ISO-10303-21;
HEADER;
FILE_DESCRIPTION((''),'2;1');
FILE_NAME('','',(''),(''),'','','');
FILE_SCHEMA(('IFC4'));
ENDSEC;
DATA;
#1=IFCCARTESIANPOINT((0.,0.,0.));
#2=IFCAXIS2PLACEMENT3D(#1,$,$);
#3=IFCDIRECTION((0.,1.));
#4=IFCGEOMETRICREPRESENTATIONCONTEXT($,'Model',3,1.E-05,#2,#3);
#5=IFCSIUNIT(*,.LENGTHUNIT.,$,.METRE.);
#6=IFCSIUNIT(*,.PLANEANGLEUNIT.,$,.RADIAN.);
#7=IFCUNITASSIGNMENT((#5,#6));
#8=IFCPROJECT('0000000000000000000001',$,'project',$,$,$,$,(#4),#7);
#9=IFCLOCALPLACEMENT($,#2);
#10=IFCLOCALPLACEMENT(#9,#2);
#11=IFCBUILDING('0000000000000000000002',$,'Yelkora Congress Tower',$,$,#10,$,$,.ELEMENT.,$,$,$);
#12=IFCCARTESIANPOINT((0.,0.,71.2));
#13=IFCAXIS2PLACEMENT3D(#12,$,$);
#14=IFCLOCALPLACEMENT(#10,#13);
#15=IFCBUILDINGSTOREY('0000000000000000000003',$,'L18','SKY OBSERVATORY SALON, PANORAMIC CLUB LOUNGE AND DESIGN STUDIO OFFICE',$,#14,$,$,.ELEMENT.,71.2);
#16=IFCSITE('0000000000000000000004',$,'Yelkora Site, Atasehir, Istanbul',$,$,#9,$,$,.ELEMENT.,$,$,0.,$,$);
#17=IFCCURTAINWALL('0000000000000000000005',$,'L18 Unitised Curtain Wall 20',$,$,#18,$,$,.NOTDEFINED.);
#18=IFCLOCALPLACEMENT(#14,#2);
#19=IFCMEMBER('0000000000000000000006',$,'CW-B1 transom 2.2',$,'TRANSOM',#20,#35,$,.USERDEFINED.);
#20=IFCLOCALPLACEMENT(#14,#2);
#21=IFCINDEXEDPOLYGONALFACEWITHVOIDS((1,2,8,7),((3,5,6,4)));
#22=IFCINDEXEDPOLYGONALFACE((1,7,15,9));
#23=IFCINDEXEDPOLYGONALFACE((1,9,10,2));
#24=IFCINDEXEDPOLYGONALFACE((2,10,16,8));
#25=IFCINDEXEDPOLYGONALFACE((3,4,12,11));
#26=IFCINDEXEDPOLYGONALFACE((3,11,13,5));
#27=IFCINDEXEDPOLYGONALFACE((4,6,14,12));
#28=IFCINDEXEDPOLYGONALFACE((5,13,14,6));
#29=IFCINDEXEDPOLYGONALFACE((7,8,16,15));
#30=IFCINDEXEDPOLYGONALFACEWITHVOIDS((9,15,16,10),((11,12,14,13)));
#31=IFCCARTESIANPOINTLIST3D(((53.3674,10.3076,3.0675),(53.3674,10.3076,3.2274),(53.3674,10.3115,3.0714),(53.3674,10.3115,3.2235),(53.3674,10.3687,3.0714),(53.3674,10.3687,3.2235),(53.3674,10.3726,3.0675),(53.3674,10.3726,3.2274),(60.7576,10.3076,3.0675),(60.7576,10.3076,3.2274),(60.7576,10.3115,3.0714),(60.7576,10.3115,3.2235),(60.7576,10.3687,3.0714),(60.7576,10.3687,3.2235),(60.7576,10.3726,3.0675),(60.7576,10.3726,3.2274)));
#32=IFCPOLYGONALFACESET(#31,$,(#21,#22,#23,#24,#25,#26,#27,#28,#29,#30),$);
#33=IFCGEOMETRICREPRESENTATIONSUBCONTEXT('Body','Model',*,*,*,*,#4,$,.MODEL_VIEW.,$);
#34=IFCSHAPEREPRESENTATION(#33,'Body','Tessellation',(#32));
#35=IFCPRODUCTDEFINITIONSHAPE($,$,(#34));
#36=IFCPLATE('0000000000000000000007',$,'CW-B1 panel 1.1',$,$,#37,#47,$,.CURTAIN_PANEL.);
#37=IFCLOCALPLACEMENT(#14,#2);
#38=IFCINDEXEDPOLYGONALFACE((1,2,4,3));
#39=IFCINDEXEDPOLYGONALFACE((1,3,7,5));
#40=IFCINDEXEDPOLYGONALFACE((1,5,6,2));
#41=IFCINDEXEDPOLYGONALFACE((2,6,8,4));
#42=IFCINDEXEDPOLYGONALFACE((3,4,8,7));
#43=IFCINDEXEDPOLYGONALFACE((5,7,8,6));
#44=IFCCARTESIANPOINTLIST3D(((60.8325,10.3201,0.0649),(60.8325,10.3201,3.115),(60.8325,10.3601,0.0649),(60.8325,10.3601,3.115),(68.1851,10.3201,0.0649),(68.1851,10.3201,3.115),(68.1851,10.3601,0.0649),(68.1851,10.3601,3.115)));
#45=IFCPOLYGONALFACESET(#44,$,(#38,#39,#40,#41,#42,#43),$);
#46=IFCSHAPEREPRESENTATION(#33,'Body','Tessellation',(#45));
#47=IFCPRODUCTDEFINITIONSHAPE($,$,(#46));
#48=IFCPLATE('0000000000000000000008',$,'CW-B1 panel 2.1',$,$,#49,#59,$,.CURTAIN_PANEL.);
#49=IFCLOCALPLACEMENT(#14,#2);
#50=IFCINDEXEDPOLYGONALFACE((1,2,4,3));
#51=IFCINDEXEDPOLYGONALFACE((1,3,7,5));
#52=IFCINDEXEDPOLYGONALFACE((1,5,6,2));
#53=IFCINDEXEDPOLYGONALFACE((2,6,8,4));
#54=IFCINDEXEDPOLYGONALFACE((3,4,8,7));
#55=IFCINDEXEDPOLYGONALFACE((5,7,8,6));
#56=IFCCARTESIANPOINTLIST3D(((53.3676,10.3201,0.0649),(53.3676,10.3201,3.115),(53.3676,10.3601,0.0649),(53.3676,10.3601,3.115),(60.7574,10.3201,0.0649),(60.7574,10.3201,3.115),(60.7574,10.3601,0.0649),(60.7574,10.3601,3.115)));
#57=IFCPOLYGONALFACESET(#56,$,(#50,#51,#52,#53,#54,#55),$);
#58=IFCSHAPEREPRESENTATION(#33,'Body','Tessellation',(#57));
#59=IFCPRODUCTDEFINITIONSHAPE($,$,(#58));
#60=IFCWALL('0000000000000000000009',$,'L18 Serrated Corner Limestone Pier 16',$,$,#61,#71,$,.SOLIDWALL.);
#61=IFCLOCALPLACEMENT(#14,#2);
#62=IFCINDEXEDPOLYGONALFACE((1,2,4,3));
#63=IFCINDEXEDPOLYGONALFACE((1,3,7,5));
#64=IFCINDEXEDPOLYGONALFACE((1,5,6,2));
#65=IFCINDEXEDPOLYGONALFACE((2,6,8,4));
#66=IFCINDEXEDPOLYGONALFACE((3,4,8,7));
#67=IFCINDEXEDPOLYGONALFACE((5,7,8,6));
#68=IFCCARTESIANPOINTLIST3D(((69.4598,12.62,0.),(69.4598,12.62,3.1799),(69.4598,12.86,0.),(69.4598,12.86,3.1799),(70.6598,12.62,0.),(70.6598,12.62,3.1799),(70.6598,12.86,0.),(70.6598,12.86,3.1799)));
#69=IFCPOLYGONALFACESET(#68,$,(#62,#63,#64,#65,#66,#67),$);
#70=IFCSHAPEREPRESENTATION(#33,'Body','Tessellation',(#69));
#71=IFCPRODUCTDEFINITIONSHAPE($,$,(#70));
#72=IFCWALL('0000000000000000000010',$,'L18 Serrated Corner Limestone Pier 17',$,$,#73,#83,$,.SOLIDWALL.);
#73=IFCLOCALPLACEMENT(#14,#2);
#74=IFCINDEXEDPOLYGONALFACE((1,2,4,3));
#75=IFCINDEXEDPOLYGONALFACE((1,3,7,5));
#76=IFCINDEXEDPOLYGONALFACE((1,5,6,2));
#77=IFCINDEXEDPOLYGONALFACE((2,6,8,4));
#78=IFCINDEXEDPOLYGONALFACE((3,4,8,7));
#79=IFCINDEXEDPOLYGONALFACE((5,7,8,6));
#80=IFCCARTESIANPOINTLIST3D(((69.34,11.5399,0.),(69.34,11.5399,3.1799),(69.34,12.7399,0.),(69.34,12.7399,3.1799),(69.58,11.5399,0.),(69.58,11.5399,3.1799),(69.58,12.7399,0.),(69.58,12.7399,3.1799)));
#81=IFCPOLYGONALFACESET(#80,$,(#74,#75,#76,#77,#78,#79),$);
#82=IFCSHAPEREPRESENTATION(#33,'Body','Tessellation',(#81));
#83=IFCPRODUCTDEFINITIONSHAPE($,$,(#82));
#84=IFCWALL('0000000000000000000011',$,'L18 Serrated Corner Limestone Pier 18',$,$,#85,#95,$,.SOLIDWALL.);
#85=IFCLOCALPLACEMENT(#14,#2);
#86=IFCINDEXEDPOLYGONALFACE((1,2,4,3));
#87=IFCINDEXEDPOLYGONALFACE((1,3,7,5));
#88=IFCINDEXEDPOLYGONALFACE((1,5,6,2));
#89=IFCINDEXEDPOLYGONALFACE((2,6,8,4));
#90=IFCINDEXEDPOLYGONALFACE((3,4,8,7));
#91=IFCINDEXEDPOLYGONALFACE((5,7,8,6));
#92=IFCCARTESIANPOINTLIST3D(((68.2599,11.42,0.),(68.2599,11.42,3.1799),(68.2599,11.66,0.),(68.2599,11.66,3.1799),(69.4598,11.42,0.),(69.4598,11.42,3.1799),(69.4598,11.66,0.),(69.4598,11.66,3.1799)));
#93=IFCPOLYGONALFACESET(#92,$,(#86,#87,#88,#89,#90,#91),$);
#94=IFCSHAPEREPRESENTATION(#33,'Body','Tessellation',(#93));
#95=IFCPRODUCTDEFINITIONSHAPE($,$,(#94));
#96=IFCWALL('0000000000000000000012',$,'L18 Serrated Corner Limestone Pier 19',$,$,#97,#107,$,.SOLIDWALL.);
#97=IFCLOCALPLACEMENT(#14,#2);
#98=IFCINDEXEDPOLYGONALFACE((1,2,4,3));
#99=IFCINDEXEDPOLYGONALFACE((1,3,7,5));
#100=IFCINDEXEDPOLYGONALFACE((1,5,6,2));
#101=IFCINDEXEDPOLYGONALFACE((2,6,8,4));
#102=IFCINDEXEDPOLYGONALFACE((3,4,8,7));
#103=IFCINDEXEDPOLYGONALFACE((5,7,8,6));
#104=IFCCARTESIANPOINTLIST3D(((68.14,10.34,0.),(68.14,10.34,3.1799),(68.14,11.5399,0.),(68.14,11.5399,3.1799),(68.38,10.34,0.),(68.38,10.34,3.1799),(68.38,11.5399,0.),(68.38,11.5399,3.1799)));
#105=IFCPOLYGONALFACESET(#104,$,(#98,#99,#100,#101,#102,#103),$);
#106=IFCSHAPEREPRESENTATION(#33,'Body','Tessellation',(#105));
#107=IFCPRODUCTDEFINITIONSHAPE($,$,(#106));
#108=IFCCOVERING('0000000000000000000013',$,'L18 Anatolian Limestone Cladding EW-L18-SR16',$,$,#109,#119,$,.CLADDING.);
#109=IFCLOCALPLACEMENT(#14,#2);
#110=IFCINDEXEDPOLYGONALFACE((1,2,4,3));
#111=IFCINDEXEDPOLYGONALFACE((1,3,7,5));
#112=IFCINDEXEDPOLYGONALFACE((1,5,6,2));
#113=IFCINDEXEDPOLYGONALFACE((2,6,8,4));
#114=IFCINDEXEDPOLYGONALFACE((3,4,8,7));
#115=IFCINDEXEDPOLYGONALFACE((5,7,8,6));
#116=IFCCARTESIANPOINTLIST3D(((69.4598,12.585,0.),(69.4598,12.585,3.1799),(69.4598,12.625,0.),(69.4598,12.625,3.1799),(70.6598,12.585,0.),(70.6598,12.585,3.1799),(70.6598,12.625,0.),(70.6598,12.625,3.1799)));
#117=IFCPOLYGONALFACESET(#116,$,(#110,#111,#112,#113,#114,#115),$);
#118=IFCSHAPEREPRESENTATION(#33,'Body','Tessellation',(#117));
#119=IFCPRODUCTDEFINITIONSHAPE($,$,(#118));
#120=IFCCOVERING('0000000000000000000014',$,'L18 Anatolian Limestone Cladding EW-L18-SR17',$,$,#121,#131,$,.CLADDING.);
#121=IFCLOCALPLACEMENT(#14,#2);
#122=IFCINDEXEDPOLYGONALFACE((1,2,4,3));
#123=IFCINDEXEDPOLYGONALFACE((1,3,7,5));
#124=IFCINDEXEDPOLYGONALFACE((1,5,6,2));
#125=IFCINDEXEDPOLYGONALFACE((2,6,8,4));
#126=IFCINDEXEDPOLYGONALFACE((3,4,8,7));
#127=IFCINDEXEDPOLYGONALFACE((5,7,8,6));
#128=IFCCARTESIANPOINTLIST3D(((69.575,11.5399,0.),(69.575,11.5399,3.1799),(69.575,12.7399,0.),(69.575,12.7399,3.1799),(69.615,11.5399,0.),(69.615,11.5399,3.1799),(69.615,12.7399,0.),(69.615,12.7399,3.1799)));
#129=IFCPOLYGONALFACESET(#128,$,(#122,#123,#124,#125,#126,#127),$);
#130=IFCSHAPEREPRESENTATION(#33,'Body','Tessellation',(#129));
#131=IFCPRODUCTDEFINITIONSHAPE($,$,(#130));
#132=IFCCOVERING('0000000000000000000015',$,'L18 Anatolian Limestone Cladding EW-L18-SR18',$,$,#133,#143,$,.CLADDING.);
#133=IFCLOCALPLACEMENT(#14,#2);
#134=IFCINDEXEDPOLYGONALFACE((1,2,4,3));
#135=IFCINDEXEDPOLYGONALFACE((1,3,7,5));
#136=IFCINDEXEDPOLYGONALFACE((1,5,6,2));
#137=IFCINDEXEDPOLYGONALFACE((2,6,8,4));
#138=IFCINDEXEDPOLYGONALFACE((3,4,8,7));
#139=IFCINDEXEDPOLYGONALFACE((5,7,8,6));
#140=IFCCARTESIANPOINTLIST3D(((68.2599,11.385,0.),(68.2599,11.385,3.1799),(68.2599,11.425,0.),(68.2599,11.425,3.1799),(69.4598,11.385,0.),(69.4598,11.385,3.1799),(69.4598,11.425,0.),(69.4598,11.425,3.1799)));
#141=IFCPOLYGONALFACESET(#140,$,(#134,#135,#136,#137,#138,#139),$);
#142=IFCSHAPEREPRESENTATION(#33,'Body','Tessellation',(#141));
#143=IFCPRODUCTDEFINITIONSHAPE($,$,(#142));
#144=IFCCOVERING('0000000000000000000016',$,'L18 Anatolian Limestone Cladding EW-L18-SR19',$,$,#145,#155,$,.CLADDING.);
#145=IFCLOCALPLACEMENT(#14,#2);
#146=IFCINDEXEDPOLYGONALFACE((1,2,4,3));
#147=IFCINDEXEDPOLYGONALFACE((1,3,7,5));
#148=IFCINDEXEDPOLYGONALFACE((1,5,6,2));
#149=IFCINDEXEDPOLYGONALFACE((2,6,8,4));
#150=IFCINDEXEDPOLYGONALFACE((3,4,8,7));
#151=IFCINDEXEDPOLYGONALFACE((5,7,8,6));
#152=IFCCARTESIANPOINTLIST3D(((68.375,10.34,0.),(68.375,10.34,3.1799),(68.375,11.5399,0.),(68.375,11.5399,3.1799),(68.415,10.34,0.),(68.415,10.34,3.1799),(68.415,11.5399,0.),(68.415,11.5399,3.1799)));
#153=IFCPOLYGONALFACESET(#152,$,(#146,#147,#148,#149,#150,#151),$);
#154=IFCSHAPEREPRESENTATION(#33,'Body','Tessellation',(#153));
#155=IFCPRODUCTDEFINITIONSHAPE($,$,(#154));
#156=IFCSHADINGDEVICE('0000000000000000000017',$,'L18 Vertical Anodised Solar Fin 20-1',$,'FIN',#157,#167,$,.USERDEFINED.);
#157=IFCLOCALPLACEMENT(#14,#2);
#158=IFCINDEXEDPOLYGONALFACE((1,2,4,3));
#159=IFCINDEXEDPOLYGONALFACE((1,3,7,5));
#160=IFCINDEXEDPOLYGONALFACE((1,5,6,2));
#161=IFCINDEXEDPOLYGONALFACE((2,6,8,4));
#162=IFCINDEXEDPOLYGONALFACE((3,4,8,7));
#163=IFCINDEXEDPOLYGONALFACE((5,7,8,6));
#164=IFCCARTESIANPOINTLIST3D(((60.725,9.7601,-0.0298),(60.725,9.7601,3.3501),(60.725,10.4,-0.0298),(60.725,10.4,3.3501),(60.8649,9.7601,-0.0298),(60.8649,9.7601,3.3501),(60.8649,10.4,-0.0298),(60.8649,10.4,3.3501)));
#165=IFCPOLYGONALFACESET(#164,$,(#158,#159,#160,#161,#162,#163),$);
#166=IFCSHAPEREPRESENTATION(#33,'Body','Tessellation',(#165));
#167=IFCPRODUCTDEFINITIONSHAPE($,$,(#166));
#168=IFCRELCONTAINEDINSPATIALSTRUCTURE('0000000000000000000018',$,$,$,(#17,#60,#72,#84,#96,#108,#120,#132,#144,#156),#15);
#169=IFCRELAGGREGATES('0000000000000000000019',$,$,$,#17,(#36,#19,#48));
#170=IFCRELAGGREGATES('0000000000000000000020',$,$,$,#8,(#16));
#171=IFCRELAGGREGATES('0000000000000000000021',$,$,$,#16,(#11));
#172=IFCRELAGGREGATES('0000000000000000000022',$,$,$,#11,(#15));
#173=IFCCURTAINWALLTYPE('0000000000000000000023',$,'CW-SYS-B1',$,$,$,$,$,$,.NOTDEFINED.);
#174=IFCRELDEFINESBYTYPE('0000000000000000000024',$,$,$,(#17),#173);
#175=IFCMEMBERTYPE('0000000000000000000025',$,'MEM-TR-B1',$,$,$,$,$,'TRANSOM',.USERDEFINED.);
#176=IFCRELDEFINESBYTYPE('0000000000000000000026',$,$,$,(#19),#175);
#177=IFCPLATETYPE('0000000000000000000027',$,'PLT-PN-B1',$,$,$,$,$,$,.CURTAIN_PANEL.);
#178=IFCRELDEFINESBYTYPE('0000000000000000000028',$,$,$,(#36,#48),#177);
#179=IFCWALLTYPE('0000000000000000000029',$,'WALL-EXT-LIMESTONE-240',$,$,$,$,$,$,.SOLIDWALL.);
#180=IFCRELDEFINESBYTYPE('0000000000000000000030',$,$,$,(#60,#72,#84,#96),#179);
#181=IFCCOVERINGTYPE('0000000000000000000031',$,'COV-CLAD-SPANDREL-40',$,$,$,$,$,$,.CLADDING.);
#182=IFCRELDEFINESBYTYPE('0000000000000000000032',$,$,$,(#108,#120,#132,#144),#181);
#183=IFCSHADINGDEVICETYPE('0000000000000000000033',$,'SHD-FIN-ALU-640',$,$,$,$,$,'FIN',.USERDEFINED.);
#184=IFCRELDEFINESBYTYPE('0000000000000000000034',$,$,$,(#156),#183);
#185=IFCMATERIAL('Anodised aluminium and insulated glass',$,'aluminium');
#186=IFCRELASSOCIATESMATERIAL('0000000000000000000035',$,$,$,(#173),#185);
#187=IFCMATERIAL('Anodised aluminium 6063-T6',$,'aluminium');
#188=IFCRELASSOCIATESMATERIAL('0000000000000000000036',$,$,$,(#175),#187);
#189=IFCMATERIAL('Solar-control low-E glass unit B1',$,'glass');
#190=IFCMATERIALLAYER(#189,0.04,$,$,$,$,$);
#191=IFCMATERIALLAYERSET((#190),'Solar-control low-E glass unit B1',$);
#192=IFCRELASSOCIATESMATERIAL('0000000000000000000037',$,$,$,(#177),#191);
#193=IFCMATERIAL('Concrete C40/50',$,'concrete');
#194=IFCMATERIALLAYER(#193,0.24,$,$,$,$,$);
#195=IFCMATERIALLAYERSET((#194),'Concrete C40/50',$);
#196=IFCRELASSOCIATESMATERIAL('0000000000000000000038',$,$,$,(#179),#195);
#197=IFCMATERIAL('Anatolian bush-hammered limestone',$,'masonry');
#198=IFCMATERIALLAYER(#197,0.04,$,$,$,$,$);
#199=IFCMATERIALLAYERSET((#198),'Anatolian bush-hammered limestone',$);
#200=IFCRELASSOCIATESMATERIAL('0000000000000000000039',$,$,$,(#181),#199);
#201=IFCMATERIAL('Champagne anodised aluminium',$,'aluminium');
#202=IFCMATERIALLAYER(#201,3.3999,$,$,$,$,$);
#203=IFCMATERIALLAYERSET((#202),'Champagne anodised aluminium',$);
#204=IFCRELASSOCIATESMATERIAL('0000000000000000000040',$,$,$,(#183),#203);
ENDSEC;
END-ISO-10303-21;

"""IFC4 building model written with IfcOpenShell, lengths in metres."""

from ifc_helpers import new_model, si_unit, direction, frame, frame_2d, origin, origin_2d, place, context, subcontext, project, spatial, rectangle, hollow_rectangle, extrude, material, layer, layer_set, material_profile, profile_set, type_object, element, aggregate, save


model = new_model("IFC4")

# Units and contexts
model_context = context("Model", 3, precision=1e-05, world=origin(), true_north=direction((0.0, 1.0)))
body_context = subcontext(model_context, "Body", "Model", "MODEL_VIEW")
ifc_project = project(units=[si_unit("LENGTHUNIT", "METRE"), si_unit("PLANEANGLEUNIT", "RADIAN")], contexts=[model_context])

# Site, building, storey
site_placement = place(None, origin())
site = spatial("IfcSite", under=ifc_project, at=site_placement, Name="Yelkora Site, Atasehir, Istanbul", CompositionType="ELEMENT", RefElevation=0.0)
building_placement = place(site_placement, origin())
building = spatial("IfcBuilding", under=site, at=building_placement, Name="Yelkora Congress Tower", CompositionType="ELEMENT")
storey_placement = place(building_placement, frame((0.0, 0.0, 71.2)))
storey = spatial("IfcBuildingStorey", under=building, at=storey_placement, Name="L18", Description="SKY OBSERVATORY SALON, PANORAMIC CLUB LOUNGE AND DESIGN STUDIO OFFICE", CompositionType="ELEMENT", Elevation=71.2)

# Curtain wall, member, plates
ifc_material_1 = material(Name="Anodised aluminium and insulated glass", Category="aluminium")
curtain_wall_type = type_object("IfcCurtainWallType", Name="CW-SYS-B1", PredefinedType="NOTDEFINED", material=ifc_material_1)
curtain_wall_placement = place(storey_placement, origin())
curtain_wall = element("IfcCurtainWall", 1, at=curtain_wall_placement, inside=storey, type_object=curtain_wall_type, Name="L18 Unitised Curtain Wall 20", PredefinedType="NOTDEFINED")
ifc_material_2 = material(Name="Anodised aluminium 6063-T6", Category="aluminium")
ifc_material_profile_1 = material_profile(ifc_material_2, hollow_rectangle(XDim=0.0649, YDim=0.1599, WallThickness=0.0039, at=origin_2d()), Name="ALU 65x160x4")
ifc_profile_set_1 = profile_set([ifc_material_profile_1], Name="Anodised aluminium 6063-T6")
member_type_1 = type_object("IfcMemberType", Name="MEM-TR-B1", ElementType="TRANSOM", PredefinedType="USERDEFINED", material=ifc_profile_set_1)
member_1_placement = place(storey_placement, frame((60.7576, 10.3401, 3.1475), z_axis=(-1.0, 0.0, 0.0), x_axis=(0.0, -1.0, 0.0)))
member_1 = element("IfcMember", 2, at=member_1_placement, type_object=member_type_1, Name="CW-B1 transom 2.2", ObjectType="TRANSOM", PredefinedType="USERDEFINED", context=body_context, shape_type="SweptSolid", body=[
    extrude(hollow_rectangle(XDim=0.0649, YDim=0.1599, WallThickness=0.0039, at=origin_2d()), origin(), (0.0, 0.0, 1.0), 7.3901),
])
ifc_material_3 = material(Name="Solar-control low-E glass unit B1", Category="glass")
ifc_layer_1 = layer(ifc_material_3, 0.04)
ifc_layer_set_1 = layer_set([ifc_layer_1], Name="Solar-control low-E glass unit B1")
plate_type = type_object("IfcPlateType", Name="PLT-PN-B1", PredefinedType="CURTAIN_PANEL", material=ifc_layer_set_1)
plate_1_placement = place(storey_placement, frame((64.5088, 10.3401, 0.0649), z_axis=(0.0, 0.0, 1.0), x_axis=(-1.0, 0.0, 0.0)))
plate_1 = element("IfcPlate", 3, at=plate_1_placement, type_object=plate_type, Name="CW-B1 panel 1.1", PredefinedType="CURTAIN_PANEL", context=body_context, shape_type="SweptSolid", body=[
    extrude(rectangle(XDim=7.3525, YDim=0.04, at=origin_2d()), origin(), (0.0, 0.0, 1.0), 3.05),
])
plate_2_placement = place(storey_placement, frame((57.0625, 10.3401, 0.0649), z_axis=(0.0, 0.0, 1.0), x_axis=(-1.0, 0.0, 0.0)))
plate_2 = element("IfcPlate", 4, at=plate_2_placement, type_object=plate_type, Name="CW-B1 panel 2.1", PredefinedType="CURTAIN_PANEL", context=body_context, shape_type="SweptSolid", body=[
    extrude(rectangle(XDim=7.3899, YDim=0.04, at=origin_2d()), origin(), (0.0, 0.0, 1.0), 3.05),
])
aggregate(curtain_wall, [plate_1, member_1, plate_2])

# Walls
ifc_material_4 = material(Name="Concrete C40/50", Category="concrete")
ifc_layer_2 = layer(ifc_material_4, 0.24)
ifc_layer_set_2 = layer_set([ifc_layer_2], Name="Concrete C40/50")
wall_type = type_object("IfcWallType", Name="WALL-EXT-LIMESTONE-240", PredefinedType="SOLIDWALL", material=ifc_layer_set_2)
for number, where, z_axis, x_axis, name in (
    (5, (70.6599, 12.74, 0.0), (0.0, 0.0, 1.0), (-1.0, 0.0, 0.0), "L18 Serrated Corner Limestone Pier 16"),
    (6, (69.46, 12.74, 0.0), (0.0, 0.0, 1.0), (0.0, -1.0, 0.0), "L18 Serrated Corner Limestone Pier 17"),
    (7, (69.46, 11.54, 0.0), (0.0, 0.0, 1.0), (-1.0, 0.0, 0.0), "L18 Serrated Corner Limestone Pier 18"),
    (8, (68.26, 11.54, 0.0), (0.0, 0.0, 1.0), (0.0, -1.0, 0.0), "L18 Serrated Corner Limestone Pier 19"),
):
    element("IfcWall", number, at=place(storey_placement, frame(where, z_axis=z_axis, x_axis=x_axis)), inside=storey, type_object=wall_type, Name=name, PredefinedType="SOLIDWALL", context=body_context, shape_type="SweptSolid", body=[
        extrude(rectangle(XDim=1.2, YDim=0.24, at=frame_2d((0.6001, 0.0))), origin(), (0.0, 0.0, 1.0), 3.1799),
    ])

# Coverings
ifc_material_5 = material(Name="Anatolian bush-hammered limestone", Category="masonry")
ifc_layer_3 = layer(ifc_material_5, 0.04)
ifc_layer_set_3 = layer_set([ifc_layer_3], Name="Anatolian bush-hammered limestone")
covering_type = type_object("IfcCoveringType", Name="COV-CLAD-SPANDREL-40", PredefinedType="CLADDING", material=ifc_layer_set_3)
for number, where, z_axis, x_axis, name in (
    (9, (70.6599, 12.605, 0.0), (0.0, 0.0, 1.0), (-1.0, 0.0, 0.0), "L18 Anatolian Limestone Cladding EW-L18-SR16"),
    (10, (69.595, 12.74, 0.0), (0.0, 0.0, 1.0), (0.0, -1.0, 0.0), "L18 Anatolian Limestone Cladding EW-L18-SR17"),
    (11, (69.46, 11.405, 0.0), (0.0, 0.0, 1.0), (-1.0, 0.0, 0.0), "L18 Anatolian Limestone Cladding EW-L18-SR18"),
    (12, (68.395, 11.54, 0.0), (0.0, 0.0, 1.0), (0.0, -1.0, 0.0), "L18 Anatolian Limestone Cladding EW-L18-SR19"),
):
    element("IfcCovering", number, at=place(storey_placement, frame(where, z_axis=z_axis, x_axis=x_axis)), inside=storey, type_object=covering_type, Name=name, PredefinedType="CLADDING", context=body_context, shape_type="SweptSolid", body=[
        extrude(rectangle(XDim=1.2, YDim=0.04, at=frame_2d((0.6001, 0.0))), origin(), (0.0, 0.0, 1.0), 3.1799),
    ])

# Shading device
ifc_material_6 = material(Name="Champagne anodised aluminium", Category="aluminium")
ifc_layer_4 = layer(ifc_material_6, 3.3999)
ifc_layer_set_4 = layer_set([ifc_layer_4], Name="Champagne anodised aluminium")
shading_device_type = type_object("IfcShadingDeviceType", Name="SHD-FIN-ALU-640", ElementType="FIN", PredefinedType="USERDEFINED", material=ifc_layer_set_4)
shading_device_placement = place(storey_placement, frame((60.7949, 10.0801, -0.0298), z_axis=(0.0, 0.0, 1.0), x_axis=(-1.0, 0.0, 0.0)))
element("IfcShadingDevice", 13, at=shading_device_placement, inside=storey, type_object=shading_device_type, Name="L18 Vertical Anodised Solar Fin 20-1", ObjectType="FIN", PredefinedType="USERDEFINED", context=body_context, shape_type="SweptSolid", body=[
    extrude(rectangle(XDim=0.1399, YDim=0.6399, at=origin_2d()), origin(), (0.0, 0.0, 1.0), 3.3799),
])

save(model, "model.ifc")
